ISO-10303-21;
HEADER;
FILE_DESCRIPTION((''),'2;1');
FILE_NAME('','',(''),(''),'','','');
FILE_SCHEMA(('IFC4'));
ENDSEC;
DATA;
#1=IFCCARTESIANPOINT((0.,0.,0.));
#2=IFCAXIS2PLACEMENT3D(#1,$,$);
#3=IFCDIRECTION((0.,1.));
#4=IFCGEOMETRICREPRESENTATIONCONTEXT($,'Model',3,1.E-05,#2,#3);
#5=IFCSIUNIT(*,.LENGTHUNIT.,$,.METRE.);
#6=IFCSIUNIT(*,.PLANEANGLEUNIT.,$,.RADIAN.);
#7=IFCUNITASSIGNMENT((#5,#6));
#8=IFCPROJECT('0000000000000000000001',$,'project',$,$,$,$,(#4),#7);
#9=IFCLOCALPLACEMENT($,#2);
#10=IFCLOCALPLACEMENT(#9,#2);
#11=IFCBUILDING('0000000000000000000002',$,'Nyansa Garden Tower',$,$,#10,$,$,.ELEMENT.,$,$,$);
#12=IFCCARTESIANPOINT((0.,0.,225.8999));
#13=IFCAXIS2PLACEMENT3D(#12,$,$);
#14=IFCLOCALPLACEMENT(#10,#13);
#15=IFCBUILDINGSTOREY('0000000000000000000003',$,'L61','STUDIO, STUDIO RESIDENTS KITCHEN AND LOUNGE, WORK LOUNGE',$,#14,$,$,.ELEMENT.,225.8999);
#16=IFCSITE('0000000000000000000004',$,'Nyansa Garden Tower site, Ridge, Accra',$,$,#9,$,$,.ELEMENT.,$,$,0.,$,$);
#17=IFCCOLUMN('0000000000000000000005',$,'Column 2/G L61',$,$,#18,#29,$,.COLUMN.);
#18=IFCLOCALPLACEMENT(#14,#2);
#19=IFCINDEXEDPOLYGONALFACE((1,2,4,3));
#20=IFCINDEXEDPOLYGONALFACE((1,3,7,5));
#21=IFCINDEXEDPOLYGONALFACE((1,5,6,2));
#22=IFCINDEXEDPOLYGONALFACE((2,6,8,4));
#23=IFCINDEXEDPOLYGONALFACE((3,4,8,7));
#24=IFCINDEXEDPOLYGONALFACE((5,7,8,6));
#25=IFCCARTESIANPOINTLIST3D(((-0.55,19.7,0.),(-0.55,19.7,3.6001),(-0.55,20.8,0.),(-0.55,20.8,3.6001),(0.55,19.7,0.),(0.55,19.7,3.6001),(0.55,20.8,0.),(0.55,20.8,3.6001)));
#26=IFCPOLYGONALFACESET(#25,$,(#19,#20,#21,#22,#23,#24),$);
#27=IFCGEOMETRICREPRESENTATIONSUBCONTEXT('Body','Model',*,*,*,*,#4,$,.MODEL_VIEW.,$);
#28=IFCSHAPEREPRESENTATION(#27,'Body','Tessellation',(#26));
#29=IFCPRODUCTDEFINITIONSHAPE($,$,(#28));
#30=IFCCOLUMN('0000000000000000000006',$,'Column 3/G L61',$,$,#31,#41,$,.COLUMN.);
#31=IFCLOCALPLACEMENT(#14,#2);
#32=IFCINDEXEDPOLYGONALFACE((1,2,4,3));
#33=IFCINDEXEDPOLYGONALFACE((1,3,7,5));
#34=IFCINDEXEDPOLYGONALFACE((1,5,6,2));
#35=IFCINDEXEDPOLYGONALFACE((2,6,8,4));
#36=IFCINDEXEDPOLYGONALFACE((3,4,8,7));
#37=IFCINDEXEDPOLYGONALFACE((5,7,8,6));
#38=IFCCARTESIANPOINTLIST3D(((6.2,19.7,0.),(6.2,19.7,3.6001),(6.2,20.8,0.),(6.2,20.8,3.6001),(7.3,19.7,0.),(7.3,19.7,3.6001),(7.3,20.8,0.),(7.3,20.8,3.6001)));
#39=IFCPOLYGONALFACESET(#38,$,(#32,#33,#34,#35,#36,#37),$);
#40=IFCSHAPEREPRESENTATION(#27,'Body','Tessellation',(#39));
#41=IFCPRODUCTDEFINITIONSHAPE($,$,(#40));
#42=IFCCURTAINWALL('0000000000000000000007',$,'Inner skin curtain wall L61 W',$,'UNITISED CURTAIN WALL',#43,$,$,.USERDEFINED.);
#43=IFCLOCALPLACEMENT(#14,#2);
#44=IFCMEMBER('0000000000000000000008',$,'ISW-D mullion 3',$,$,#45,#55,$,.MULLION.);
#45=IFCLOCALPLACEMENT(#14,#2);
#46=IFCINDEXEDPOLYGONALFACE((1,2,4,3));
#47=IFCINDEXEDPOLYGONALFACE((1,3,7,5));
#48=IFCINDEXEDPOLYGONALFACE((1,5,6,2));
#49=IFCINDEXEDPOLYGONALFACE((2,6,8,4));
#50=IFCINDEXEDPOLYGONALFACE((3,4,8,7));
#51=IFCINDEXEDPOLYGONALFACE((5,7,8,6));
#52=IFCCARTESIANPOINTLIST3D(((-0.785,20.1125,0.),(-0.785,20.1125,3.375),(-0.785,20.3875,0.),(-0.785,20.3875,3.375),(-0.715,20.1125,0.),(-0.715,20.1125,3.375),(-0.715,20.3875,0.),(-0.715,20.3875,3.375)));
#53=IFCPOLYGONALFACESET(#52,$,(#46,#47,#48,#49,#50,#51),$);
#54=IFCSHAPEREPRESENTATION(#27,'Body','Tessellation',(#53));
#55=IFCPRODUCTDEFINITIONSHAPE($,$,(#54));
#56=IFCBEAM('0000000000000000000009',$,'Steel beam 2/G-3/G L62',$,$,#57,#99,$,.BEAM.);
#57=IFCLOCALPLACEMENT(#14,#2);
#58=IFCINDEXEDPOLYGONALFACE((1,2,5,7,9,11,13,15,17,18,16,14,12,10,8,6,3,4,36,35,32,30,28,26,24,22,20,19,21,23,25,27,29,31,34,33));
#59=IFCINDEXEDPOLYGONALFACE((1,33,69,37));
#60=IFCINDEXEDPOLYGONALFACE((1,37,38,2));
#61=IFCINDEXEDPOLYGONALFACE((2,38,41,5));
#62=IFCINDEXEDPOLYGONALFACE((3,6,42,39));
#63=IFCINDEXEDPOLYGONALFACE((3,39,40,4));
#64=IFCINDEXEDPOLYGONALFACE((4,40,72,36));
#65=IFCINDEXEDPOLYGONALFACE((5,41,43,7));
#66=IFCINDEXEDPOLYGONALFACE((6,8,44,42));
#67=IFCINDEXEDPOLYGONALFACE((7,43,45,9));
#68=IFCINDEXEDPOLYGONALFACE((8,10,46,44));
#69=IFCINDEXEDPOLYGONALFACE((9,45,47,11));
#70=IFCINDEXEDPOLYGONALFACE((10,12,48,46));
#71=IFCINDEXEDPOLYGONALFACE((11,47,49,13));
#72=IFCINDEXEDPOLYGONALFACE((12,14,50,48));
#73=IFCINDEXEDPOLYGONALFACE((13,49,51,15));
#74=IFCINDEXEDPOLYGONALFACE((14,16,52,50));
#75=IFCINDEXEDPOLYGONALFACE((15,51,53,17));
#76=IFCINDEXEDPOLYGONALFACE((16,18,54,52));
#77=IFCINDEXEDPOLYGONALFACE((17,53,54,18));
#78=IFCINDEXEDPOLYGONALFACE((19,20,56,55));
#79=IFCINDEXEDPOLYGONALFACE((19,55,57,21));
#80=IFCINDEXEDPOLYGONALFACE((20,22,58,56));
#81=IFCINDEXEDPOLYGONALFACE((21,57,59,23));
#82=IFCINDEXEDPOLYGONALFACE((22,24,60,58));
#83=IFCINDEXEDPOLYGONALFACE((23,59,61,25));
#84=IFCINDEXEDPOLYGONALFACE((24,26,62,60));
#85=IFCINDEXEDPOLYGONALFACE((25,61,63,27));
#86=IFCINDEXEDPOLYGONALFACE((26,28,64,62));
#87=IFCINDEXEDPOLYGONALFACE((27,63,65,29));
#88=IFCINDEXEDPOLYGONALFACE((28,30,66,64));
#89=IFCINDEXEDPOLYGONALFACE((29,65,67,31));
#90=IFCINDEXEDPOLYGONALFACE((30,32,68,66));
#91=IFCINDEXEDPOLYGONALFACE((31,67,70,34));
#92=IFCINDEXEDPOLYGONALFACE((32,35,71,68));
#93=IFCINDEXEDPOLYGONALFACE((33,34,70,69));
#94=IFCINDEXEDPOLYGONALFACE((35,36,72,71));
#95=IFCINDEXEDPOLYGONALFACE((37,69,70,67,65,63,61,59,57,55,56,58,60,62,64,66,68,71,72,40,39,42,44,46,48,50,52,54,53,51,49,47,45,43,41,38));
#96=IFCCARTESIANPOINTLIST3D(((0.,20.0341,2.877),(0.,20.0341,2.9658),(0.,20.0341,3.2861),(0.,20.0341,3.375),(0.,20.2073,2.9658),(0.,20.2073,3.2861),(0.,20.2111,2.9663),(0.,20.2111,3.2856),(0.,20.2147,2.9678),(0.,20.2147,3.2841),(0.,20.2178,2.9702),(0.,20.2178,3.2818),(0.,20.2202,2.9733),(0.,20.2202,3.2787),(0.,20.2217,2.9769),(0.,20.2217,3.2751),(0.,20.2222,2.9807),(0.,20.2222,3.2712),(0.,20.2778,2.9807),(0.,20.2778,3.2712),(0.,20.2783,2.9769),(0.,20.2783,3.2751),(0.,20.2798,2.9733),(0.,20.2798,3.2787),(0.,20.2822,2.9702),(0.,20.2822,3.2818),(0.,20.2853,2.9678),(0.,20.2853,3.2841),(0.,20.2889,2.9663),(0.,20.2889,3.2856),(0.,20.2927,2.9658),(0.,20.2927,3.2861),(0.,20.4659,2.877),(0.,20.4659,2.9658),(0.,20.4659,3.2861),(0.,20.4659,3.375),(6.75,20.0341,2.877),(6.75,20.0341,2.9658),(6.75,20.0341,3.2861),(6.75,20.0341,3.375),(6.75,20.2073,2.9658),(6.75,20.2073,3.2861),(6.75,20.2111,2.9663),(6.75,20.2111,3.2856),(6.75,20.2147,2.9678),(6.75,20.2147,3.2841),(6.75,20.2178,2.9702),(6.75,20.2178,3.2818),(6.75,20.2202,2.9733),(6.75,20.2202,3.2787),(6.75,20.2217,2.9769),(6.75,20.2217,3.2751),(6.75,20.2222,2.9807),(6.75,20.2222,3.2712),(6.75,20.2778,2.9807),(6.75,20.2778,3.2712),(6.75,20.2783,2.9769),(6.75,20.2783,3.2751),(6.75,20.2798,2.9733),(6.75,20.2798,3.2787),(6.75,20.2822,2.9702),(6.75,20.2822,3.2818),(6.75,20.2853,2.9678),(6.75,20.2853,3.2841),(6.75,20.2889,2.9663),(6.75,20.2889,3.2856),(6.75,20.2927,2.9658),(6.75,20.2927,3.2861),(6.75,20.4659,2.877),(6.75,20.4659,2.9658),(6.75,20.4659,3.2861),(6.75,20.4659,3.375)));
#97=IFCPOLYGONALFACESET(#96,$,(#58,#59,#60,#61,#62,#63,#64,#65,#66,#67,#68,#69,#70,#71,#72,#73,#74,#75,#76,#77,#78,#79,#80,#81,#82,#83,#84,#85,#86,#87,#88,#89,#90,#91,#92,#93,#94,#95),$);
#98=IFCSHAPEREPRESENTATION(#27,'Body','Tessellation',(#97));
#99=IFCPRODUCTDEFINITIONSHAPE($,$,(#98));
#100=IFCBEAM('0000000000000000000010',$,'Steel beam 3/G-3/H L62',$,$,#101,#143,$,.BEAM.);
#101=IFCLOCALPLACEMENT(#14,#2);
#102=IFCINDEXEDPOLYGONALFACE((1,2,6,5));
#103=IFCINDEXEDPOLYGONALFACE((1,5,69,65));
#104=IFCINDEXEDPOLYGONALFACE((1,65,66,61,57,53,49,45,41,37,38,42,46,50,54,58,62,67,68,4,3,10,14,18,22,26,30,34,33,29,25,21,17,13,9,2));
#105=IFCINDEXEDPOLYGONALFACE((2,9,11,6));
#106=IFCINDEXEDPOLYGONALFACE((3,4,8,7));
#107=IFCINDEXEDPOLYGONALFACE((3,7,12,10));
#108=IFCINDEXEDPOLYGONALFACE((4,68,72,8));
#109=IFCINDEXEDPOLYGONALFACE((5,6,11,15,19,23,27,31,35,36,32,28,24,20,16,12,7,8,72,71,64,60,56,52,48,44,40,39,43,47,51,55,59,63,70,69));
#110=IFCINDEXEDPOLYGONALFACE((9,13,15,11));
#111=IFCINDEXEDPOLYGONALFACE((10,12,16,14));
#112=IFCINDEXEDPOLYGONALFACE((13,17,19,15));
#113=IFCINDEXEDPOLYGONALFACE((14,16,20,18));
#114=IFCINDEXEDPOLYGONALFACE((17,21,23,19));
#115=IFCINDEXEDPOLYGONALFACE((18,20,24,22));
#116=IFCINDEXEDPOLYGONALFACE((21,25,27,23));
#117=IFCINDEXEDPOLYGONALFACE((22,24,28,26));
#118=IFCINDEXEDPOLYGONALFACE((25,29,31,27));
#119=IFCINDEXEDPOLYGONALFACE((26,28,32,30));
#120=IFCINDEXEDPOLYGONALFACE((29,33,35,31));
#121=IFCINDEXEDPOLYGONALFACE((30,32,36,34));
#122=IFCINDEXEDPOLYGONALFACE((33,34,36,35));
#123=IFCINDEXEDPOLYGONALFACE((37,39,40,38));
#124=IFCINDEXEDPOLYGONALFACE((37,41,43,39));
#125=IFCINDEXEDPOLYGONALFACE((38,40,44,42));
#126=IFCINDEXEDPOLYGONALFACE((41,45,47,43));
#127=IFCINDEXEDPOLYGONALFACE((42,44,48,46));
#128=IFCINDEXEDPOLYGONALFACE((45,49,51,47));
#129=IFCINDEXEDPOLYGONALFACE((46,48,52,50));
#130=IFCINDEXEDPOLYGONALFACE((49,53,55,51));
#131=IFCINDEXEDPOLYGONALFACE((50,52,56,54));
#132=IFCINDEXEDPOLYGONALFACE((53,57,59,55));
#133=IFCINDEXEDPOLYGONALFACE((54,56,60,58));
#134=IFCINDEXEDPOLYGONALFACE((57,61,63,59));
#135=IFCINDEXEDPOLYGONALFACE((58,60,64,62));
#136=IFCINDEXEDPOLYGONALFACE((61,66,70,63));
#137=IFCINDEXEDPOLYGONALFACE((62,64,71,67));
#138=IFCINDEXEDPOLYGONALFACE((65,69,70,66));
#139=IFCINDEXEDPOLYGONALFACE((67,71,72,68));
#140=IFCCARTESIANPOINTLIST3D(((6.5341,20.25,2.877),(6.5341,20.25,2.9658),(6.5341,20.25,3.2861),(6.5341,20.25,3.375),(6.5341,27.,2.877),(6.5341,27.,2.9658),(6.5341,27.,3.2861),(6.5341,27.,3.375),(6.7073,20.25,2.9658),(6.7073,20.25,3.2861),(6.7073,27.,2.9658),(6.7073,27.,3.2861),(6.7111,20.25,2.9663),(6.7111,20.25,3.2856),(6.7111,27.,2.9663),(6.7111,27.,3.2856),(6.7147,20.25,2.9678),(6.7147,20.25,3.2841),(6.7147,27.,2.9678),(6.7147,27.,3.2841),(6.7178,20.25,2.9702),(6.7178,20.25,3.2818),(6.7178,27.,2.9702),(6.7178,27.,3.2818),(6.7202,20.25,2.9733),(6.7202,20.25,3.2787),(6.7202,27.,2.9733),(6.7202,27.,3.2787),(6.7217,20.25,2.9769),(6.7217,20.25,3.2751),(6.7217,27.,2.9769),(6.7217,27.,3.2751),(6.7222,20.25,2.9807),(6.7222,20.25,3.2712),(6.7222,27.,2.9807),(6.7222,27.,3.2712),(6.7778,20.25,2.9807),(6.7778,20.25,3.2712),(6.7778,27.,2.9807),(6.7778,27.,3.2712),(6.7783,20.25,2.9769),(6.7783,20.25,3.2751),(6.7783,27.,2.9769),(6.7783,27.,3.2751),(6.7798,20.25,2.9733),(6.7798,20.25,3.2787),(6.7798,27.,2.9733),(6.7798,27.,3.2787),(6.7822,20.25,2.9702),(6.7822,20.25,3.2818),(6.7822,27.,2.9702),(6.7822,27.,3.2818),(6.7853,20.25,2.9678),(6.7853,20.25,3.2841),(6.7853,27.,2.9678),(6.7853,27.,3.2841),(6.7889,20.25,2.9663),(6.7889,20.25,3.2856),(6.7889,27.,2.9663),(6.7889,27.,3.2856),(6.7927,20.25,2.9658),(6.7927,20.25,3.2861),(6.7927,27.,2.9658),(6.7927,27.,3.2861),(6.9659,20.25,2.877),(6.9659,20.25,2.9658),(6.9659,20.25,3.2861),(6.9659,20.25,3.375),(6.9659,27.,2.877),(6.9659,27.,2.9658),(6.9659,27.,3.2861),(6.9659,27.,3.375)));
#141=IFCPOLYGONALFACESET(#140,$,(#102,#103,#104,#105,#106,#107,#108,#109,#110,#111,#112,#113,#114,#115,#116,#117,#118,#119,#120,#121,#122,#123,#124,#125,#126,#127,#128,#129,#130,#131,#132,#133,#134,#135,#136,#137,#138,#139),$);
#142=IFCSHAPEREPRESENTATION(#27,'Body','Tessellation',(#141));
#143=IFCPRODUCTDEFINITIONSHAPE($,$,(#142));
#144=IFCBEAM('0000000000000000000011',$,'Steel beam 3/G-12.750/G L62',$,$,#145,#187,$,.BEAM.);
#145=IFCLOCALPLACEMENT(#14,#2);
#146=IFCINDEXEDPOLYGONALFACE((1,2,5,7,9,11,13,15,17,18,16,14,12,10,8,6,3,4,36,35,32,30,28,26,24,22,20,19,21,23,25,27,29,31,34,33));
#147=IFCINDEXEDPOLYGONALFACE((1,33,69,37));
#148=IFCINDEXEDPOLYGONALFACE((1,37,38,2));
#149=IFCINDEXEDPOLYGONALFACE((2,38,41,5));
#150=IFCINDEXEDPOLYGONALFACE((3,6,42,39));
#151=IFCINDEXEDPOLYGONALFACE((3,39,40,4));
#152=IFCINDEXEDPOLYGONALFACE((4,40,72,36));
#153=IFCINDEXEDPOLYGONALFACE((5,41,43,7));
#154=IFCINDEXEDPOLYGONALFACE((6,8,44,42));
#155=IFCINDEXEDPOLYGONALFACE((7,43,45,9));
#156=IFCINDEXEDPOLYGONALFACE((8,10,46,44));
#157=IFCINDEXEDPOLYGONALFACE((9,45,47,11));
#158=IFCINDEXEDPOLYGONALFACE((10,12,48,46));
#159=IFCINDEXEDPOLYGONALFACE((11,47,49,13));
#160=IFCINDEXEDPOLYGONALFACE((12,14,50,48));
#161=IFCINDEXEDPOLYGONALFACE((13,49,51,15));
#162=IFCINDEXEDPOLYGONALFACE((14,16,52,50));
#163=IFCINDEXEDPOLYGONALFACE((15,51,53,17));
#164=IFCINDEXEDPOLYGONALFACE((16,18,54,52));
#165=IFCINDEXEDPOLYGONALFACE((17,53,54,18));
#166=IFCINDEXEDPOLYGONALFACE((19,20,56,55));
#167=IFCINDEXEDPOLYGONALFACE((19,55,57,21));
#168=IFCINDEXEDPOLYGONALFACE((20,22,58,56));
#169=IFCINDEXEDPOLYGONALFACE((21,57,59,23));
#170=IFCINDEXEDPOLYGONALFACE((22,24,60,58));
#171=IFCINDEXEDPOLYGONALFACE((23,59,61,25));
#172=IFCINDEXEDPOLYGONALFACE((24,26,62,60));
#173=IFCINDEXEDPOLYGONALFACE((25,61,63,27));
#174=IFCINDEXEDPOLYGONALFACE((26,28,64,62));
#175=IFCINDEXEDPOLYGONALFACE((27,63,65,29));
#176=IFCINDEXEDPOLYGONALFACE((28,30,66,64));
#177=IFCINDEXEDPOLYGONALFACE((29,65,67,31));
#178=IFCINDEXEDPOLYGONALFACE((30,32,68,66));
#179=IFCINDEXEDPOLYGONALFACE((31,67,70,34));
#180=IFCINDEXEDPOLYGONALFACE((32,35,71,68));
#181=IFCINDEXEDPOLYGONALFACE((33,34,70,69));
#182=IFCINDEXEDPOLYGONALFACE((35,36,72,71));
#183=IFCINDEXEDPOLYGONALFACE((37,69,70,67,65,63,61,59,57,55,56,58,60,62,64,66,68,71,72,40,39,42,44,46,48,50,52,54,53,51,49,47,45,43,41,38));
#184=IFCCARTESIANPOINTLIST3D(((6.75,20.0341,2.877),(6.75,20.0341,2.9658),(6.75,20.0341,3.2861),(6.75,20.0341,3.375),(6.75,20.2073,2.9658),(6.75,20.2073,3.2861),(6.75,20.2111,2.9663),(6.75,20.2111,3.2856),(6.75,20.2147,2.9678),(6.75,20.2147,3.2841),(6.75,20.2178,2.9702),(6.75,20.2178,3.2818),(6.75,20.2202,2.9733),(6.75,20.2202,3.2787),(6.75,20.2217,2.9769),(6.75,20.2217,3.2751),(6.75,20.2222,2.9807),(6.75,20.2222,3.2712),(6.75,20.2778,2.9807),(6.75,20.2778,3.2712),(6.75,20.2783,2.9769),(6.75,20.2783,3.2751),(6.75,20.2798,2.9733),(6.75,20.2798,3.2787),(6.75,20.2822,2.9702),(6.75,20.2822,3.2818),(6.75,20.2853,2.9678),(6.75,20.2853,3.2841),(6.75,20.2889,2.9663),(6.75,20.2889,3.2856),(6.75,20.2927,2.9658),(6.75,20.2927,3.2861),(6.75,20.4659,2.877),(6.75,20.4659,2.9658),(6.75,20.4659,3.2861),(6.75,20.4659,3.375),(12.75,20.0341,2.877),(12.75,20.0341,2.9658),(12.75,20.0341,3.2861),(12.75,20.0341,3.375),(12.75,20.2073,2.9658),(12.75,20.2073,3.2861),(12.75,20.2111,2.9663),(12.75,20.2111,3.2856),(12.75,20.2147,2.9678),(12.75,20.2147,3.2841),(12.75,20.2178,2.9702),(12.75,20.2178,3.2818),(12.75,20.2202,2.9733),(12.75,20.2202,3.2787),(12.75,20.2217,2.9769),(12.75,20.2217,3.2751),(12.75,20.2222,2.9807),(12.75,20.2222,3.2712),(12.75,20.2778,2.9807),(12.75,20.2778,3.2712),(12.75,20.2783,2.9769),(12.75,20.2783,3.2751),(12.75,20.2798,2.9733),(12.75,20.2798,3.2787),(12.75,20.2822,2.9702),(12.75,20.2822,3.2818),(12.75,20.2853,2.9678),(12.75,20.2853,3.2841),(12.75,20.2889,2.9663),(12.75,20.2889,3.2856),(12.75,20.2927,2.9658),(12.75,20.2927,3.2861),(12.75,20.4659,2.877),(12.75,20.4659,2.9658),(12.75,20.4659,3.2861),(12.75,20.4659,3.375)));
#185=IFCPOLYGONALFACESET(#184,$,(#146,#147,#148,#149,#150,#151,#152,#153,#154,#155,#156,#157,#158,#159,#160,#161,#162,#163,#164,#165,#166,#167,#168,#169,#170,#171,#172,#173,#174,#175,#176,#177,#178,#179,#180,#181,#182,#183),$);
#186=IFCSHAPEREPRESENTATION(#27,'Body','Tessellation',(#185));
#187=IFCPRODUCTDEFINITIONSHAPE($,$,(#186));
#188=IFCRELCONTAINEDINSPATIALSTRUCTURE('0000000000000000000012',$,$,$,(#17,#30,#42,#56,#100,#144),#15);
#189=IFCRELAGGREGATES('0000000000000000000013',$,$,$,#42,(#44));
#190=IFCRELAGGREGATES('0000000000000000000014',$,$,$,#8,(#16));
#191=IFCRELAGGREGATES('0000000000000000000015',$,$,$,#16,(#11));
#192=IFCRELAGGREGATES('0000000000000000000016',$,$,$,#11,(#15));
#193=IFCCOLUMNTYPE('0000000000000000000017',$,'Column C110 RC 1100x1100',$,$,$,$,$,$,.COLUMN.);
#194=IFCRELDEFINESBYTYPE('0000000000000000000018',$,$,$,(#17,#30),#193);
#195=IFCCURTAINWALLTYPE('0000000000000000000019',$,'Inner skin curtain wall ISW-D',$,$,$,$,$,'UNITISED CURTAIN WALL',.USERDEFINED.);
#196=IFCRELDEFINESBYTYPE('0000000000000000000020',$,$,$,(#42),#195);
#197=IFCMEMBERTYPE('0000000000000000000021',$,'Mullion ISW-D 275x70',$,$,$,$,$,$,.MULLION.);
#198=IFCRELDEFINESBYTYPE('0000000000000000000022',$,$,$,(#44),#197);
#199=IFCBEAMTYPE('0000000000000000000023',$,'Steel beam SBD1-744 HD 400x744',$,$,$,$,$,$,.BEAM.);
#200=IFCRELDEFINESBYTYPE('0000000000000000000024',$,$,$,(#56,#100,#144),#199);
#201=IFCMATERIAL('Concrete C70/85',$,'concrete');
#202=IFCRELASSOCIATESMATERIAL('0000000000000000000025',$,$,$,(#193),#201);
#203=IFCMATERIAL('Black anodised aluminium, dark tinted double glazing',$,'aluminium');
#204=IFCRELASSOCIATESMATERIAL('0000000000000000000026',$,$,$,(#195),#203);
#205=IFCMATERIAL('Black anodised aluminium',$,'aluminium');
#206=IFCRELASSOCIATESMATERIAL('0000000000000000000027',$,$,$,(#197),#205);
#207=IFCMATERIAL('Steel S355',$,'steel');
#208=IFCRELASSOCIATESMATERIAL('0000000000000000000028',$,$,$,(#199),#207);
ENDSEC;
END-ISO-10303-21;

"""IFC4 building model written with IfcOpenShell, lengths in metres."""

from ifc_helpers import new_model, si_unit, direction, frame, origin, origin_2d, place, context, subcontext, project, spatial, rectangle, i_section, extrude, material, material_profile, profile_set, type_object, element, aggregate, save


model = new_model("IFC4")

# Units and contexts
model_context = context("Model", 3, precision=1e-05, world=origin(), true_north=direction((0.0, 1.0)))
body_context = subcontext(model_context, "Body", "Model", "MODEL_VIEW")
ifc_project = project(units=[si_unit("LENGTHUNIT", "METRE"), si_unit("PLANEANGLEUNIT", "RADIAN")], contexts=[model_context])

# Site, building, storey
site_placement = place(None, origin())
site = spatial("IfcSite", under=ifc_project, at=site_placement, Name="Nyansa Garden Tower site, Ridge, Accra", CompositionType="ELEMENT", RefElevation=0.0)
building_placement = place(site_placement, origin())
building = spatial("IfcBuilding", under=site, at=building_placement, Name="Nyansa Garden Tower", CompositionType="ELEMENT")
storey_placement = place(building_placement, frame((0.0, 0.0, 225.8999)))
storey = spatial("IfcBuildingStorey", under=building, at=storey_placement, Name="L61", Description="STUDIO, STUDIO RESIDENTS KITCHEN AND LOUNGE, WORK LOUNGE", CompositionType="ELEMENT", Elevation=225.8999)

# Columns
ifc_material_1 = material(Name="Concrete C70/85", Category="concrete")
ifc_material_profile_1 = material_profile(ifc_material_1, rectangle(XDim=1.1001, YDim=1.1001, at=origin_2d()), Name="RC 1100x1100")
ifc_profile_set_1 = profile_set([ifc_material_profile_1], Name="Concrete C70/85")
column_type = type_object("IfcColumnType", Name="Column C110 RC 1100x1100", PredefinedType="COLUMN", material=ifc_profile_set_1)
for number, where, z_axis, x_axis, name in (
    (1, (0.0, 20.25, 0.0), (0.0, 0.0, 1.0), (1.0, 0.0, 0.0), "Column 2/G L61"),
    (2, (6.75, 20.25, 0.0), (0.0, 0.0, 1.0), (1.0, 0.0, 0.0), "Column 3/G L61"),
):
    element("IfcColumn", number, at=place(storey_placement, frame(where, z_axis=z_axis, x_axis=x_axis)), inside=storey, type_object=column_type, Name=name, PredefinedType="COLUMN", context=body_context, shape_type="SweptSolid", body=[
        extrude(rectangle(XDim=1.1001, YDim=1.1001, at=origin_2d()), origin(), (0.0, 0.0, 1.0), 3.6001),
    ])

# Curtain wall, member
ifc_material_2 = material(Name="Black anodised aluminium, dark tinted double glazing", Category="aluminium")
curtain_wall_type = type_object("IfcCurtainWallType", Name="Inner skin curtain wall ISW-D", ElementType="UNITISED CURTAIN WALL", PredefinedType="USERDEFINED", material=ifc_material_2)
curtain_wall_placement = place(storey_placement, origin())
curtain_wall = element("IfcCurtainWall", 3, at=curtain_wall_placement, inside=storey, type_object=curtain_wall_type, Name="Inner skin curtain wall L61 W", ObjectType="UNITISED CURTAIN WALL", PredefinedType="USERDEFINED")
ifc_material_3 = material(Name="Black anodised aluminium", Category="aluminium")
ifc_material_profile_2 = material_profile(ifc_material_3, rectangle(XDim=0.0701, YDim=0.2749, at=origin_2d()), Name="Mullion 275x70")
ifc_profile_set_2 = profile_set([ifc_material_profile_2], Name="Black anodised aluminium")
member_type_1 = type_object("IfcMemberType", Name="Mullion ISW-D 275x70", PredefinedType="MULLION", material=ifc_profile_set_2)
member_1_placement = place(storey_placement, frame((-0.75, 20.25, 0.0), z_axis=(0.0, 0.0, 1.0), x_axis=(1.0, 0.0, 0.0)))
member_1 = element("IfcMember", 4, at=member_1_placement, type_object=member_type_1, Name="ISW-D mullion 3", PredefinedType="MULLION", context=body_context, shape_type="SweptSolid", body=[
    extrude(rectangle(XDim=0.0701, YDim=0.2749, at=origin_2d()), origin(), (0.0, 0.0, 1.0), 3.375),
])

# Beams
ifc_material_4 = material(Name="Steel S355", Category="steel")
ifc_material_profile_3 = material_profile(ifc_material_4, i_section(OverallWidth=0.4319, OverallDepth=0.498, WebThickness=0.0557, FlangeThickness=0.0889, FilletRadius=0.0149, at=origin_2d()), Name="HD 400x744")
ifc_profile_set_3 = profile_set([ifc_material_profile_3], Name="Steel S355")
beam_type_1 = type_object("IfcBeamType", Name="Steel beam SBD1-744 HD 400x744", PredefinedType="BEAM", material=ifc_profile_set_3)
for number, where, z_axis, x_axis, name in (
    (5, (0.0, 20.25, 3.126), (1.0, 0.0, 0.0), (0.0, 1.0, 0.0), "Steel beam 2/G-3/G L62"),
    (6, (6.75, 20.25, 3.126), (0.0, 1.0, 0.0), (-1.0, 0.0, 0.0), "Steel beam 3/G-3/H L62"),
):
    element("IfcBeam", number, at=place(storey_placement, frame(where, z_axis=z_axis, x_axis=x_axis)), inside=storey, type_object=beam_type_1, Name=name, PredefinedType="BEAM", context=body_context, shape_type="SweptSolid", body=[
        extrude(i_section(OverallWidth=0.4319, OverallDepth=0.498, WebThickness=0.0557, FlangeThickness=0.0889, FilletRadius=0.0149, at=origin_2d()), origin(), (0.0, 0.0, 1.0), 6.75),
    ])
beam_1_placement = place(storey_placement, frame((6.75, 20.25, 3.126), z_axis=(1.0, 0.0, 0.0), x_axis=(0.0, 1.0, 0.0)))
element("IfcBeam", 7, at=beam_1_placement, inside=storey, type_object=beam_type_1, Name="Steel beam 3/G-12.750/G L62", PredefinedType="BEAM", context=body_context, shape_type="SweptSolid", body=[
    extrude(i_section(OverallWidth=0.4319, OverallDepth=0.498, WebThickness=0.0557, FlangeThickness=0.0889, FilletRadius=0.0149, at=origin_2d()), origin(), (0.0, 0.0, 1.0), 6.0),
])

aggregate(curtain_wall, [member_1])

save(model, "model.ifc")
